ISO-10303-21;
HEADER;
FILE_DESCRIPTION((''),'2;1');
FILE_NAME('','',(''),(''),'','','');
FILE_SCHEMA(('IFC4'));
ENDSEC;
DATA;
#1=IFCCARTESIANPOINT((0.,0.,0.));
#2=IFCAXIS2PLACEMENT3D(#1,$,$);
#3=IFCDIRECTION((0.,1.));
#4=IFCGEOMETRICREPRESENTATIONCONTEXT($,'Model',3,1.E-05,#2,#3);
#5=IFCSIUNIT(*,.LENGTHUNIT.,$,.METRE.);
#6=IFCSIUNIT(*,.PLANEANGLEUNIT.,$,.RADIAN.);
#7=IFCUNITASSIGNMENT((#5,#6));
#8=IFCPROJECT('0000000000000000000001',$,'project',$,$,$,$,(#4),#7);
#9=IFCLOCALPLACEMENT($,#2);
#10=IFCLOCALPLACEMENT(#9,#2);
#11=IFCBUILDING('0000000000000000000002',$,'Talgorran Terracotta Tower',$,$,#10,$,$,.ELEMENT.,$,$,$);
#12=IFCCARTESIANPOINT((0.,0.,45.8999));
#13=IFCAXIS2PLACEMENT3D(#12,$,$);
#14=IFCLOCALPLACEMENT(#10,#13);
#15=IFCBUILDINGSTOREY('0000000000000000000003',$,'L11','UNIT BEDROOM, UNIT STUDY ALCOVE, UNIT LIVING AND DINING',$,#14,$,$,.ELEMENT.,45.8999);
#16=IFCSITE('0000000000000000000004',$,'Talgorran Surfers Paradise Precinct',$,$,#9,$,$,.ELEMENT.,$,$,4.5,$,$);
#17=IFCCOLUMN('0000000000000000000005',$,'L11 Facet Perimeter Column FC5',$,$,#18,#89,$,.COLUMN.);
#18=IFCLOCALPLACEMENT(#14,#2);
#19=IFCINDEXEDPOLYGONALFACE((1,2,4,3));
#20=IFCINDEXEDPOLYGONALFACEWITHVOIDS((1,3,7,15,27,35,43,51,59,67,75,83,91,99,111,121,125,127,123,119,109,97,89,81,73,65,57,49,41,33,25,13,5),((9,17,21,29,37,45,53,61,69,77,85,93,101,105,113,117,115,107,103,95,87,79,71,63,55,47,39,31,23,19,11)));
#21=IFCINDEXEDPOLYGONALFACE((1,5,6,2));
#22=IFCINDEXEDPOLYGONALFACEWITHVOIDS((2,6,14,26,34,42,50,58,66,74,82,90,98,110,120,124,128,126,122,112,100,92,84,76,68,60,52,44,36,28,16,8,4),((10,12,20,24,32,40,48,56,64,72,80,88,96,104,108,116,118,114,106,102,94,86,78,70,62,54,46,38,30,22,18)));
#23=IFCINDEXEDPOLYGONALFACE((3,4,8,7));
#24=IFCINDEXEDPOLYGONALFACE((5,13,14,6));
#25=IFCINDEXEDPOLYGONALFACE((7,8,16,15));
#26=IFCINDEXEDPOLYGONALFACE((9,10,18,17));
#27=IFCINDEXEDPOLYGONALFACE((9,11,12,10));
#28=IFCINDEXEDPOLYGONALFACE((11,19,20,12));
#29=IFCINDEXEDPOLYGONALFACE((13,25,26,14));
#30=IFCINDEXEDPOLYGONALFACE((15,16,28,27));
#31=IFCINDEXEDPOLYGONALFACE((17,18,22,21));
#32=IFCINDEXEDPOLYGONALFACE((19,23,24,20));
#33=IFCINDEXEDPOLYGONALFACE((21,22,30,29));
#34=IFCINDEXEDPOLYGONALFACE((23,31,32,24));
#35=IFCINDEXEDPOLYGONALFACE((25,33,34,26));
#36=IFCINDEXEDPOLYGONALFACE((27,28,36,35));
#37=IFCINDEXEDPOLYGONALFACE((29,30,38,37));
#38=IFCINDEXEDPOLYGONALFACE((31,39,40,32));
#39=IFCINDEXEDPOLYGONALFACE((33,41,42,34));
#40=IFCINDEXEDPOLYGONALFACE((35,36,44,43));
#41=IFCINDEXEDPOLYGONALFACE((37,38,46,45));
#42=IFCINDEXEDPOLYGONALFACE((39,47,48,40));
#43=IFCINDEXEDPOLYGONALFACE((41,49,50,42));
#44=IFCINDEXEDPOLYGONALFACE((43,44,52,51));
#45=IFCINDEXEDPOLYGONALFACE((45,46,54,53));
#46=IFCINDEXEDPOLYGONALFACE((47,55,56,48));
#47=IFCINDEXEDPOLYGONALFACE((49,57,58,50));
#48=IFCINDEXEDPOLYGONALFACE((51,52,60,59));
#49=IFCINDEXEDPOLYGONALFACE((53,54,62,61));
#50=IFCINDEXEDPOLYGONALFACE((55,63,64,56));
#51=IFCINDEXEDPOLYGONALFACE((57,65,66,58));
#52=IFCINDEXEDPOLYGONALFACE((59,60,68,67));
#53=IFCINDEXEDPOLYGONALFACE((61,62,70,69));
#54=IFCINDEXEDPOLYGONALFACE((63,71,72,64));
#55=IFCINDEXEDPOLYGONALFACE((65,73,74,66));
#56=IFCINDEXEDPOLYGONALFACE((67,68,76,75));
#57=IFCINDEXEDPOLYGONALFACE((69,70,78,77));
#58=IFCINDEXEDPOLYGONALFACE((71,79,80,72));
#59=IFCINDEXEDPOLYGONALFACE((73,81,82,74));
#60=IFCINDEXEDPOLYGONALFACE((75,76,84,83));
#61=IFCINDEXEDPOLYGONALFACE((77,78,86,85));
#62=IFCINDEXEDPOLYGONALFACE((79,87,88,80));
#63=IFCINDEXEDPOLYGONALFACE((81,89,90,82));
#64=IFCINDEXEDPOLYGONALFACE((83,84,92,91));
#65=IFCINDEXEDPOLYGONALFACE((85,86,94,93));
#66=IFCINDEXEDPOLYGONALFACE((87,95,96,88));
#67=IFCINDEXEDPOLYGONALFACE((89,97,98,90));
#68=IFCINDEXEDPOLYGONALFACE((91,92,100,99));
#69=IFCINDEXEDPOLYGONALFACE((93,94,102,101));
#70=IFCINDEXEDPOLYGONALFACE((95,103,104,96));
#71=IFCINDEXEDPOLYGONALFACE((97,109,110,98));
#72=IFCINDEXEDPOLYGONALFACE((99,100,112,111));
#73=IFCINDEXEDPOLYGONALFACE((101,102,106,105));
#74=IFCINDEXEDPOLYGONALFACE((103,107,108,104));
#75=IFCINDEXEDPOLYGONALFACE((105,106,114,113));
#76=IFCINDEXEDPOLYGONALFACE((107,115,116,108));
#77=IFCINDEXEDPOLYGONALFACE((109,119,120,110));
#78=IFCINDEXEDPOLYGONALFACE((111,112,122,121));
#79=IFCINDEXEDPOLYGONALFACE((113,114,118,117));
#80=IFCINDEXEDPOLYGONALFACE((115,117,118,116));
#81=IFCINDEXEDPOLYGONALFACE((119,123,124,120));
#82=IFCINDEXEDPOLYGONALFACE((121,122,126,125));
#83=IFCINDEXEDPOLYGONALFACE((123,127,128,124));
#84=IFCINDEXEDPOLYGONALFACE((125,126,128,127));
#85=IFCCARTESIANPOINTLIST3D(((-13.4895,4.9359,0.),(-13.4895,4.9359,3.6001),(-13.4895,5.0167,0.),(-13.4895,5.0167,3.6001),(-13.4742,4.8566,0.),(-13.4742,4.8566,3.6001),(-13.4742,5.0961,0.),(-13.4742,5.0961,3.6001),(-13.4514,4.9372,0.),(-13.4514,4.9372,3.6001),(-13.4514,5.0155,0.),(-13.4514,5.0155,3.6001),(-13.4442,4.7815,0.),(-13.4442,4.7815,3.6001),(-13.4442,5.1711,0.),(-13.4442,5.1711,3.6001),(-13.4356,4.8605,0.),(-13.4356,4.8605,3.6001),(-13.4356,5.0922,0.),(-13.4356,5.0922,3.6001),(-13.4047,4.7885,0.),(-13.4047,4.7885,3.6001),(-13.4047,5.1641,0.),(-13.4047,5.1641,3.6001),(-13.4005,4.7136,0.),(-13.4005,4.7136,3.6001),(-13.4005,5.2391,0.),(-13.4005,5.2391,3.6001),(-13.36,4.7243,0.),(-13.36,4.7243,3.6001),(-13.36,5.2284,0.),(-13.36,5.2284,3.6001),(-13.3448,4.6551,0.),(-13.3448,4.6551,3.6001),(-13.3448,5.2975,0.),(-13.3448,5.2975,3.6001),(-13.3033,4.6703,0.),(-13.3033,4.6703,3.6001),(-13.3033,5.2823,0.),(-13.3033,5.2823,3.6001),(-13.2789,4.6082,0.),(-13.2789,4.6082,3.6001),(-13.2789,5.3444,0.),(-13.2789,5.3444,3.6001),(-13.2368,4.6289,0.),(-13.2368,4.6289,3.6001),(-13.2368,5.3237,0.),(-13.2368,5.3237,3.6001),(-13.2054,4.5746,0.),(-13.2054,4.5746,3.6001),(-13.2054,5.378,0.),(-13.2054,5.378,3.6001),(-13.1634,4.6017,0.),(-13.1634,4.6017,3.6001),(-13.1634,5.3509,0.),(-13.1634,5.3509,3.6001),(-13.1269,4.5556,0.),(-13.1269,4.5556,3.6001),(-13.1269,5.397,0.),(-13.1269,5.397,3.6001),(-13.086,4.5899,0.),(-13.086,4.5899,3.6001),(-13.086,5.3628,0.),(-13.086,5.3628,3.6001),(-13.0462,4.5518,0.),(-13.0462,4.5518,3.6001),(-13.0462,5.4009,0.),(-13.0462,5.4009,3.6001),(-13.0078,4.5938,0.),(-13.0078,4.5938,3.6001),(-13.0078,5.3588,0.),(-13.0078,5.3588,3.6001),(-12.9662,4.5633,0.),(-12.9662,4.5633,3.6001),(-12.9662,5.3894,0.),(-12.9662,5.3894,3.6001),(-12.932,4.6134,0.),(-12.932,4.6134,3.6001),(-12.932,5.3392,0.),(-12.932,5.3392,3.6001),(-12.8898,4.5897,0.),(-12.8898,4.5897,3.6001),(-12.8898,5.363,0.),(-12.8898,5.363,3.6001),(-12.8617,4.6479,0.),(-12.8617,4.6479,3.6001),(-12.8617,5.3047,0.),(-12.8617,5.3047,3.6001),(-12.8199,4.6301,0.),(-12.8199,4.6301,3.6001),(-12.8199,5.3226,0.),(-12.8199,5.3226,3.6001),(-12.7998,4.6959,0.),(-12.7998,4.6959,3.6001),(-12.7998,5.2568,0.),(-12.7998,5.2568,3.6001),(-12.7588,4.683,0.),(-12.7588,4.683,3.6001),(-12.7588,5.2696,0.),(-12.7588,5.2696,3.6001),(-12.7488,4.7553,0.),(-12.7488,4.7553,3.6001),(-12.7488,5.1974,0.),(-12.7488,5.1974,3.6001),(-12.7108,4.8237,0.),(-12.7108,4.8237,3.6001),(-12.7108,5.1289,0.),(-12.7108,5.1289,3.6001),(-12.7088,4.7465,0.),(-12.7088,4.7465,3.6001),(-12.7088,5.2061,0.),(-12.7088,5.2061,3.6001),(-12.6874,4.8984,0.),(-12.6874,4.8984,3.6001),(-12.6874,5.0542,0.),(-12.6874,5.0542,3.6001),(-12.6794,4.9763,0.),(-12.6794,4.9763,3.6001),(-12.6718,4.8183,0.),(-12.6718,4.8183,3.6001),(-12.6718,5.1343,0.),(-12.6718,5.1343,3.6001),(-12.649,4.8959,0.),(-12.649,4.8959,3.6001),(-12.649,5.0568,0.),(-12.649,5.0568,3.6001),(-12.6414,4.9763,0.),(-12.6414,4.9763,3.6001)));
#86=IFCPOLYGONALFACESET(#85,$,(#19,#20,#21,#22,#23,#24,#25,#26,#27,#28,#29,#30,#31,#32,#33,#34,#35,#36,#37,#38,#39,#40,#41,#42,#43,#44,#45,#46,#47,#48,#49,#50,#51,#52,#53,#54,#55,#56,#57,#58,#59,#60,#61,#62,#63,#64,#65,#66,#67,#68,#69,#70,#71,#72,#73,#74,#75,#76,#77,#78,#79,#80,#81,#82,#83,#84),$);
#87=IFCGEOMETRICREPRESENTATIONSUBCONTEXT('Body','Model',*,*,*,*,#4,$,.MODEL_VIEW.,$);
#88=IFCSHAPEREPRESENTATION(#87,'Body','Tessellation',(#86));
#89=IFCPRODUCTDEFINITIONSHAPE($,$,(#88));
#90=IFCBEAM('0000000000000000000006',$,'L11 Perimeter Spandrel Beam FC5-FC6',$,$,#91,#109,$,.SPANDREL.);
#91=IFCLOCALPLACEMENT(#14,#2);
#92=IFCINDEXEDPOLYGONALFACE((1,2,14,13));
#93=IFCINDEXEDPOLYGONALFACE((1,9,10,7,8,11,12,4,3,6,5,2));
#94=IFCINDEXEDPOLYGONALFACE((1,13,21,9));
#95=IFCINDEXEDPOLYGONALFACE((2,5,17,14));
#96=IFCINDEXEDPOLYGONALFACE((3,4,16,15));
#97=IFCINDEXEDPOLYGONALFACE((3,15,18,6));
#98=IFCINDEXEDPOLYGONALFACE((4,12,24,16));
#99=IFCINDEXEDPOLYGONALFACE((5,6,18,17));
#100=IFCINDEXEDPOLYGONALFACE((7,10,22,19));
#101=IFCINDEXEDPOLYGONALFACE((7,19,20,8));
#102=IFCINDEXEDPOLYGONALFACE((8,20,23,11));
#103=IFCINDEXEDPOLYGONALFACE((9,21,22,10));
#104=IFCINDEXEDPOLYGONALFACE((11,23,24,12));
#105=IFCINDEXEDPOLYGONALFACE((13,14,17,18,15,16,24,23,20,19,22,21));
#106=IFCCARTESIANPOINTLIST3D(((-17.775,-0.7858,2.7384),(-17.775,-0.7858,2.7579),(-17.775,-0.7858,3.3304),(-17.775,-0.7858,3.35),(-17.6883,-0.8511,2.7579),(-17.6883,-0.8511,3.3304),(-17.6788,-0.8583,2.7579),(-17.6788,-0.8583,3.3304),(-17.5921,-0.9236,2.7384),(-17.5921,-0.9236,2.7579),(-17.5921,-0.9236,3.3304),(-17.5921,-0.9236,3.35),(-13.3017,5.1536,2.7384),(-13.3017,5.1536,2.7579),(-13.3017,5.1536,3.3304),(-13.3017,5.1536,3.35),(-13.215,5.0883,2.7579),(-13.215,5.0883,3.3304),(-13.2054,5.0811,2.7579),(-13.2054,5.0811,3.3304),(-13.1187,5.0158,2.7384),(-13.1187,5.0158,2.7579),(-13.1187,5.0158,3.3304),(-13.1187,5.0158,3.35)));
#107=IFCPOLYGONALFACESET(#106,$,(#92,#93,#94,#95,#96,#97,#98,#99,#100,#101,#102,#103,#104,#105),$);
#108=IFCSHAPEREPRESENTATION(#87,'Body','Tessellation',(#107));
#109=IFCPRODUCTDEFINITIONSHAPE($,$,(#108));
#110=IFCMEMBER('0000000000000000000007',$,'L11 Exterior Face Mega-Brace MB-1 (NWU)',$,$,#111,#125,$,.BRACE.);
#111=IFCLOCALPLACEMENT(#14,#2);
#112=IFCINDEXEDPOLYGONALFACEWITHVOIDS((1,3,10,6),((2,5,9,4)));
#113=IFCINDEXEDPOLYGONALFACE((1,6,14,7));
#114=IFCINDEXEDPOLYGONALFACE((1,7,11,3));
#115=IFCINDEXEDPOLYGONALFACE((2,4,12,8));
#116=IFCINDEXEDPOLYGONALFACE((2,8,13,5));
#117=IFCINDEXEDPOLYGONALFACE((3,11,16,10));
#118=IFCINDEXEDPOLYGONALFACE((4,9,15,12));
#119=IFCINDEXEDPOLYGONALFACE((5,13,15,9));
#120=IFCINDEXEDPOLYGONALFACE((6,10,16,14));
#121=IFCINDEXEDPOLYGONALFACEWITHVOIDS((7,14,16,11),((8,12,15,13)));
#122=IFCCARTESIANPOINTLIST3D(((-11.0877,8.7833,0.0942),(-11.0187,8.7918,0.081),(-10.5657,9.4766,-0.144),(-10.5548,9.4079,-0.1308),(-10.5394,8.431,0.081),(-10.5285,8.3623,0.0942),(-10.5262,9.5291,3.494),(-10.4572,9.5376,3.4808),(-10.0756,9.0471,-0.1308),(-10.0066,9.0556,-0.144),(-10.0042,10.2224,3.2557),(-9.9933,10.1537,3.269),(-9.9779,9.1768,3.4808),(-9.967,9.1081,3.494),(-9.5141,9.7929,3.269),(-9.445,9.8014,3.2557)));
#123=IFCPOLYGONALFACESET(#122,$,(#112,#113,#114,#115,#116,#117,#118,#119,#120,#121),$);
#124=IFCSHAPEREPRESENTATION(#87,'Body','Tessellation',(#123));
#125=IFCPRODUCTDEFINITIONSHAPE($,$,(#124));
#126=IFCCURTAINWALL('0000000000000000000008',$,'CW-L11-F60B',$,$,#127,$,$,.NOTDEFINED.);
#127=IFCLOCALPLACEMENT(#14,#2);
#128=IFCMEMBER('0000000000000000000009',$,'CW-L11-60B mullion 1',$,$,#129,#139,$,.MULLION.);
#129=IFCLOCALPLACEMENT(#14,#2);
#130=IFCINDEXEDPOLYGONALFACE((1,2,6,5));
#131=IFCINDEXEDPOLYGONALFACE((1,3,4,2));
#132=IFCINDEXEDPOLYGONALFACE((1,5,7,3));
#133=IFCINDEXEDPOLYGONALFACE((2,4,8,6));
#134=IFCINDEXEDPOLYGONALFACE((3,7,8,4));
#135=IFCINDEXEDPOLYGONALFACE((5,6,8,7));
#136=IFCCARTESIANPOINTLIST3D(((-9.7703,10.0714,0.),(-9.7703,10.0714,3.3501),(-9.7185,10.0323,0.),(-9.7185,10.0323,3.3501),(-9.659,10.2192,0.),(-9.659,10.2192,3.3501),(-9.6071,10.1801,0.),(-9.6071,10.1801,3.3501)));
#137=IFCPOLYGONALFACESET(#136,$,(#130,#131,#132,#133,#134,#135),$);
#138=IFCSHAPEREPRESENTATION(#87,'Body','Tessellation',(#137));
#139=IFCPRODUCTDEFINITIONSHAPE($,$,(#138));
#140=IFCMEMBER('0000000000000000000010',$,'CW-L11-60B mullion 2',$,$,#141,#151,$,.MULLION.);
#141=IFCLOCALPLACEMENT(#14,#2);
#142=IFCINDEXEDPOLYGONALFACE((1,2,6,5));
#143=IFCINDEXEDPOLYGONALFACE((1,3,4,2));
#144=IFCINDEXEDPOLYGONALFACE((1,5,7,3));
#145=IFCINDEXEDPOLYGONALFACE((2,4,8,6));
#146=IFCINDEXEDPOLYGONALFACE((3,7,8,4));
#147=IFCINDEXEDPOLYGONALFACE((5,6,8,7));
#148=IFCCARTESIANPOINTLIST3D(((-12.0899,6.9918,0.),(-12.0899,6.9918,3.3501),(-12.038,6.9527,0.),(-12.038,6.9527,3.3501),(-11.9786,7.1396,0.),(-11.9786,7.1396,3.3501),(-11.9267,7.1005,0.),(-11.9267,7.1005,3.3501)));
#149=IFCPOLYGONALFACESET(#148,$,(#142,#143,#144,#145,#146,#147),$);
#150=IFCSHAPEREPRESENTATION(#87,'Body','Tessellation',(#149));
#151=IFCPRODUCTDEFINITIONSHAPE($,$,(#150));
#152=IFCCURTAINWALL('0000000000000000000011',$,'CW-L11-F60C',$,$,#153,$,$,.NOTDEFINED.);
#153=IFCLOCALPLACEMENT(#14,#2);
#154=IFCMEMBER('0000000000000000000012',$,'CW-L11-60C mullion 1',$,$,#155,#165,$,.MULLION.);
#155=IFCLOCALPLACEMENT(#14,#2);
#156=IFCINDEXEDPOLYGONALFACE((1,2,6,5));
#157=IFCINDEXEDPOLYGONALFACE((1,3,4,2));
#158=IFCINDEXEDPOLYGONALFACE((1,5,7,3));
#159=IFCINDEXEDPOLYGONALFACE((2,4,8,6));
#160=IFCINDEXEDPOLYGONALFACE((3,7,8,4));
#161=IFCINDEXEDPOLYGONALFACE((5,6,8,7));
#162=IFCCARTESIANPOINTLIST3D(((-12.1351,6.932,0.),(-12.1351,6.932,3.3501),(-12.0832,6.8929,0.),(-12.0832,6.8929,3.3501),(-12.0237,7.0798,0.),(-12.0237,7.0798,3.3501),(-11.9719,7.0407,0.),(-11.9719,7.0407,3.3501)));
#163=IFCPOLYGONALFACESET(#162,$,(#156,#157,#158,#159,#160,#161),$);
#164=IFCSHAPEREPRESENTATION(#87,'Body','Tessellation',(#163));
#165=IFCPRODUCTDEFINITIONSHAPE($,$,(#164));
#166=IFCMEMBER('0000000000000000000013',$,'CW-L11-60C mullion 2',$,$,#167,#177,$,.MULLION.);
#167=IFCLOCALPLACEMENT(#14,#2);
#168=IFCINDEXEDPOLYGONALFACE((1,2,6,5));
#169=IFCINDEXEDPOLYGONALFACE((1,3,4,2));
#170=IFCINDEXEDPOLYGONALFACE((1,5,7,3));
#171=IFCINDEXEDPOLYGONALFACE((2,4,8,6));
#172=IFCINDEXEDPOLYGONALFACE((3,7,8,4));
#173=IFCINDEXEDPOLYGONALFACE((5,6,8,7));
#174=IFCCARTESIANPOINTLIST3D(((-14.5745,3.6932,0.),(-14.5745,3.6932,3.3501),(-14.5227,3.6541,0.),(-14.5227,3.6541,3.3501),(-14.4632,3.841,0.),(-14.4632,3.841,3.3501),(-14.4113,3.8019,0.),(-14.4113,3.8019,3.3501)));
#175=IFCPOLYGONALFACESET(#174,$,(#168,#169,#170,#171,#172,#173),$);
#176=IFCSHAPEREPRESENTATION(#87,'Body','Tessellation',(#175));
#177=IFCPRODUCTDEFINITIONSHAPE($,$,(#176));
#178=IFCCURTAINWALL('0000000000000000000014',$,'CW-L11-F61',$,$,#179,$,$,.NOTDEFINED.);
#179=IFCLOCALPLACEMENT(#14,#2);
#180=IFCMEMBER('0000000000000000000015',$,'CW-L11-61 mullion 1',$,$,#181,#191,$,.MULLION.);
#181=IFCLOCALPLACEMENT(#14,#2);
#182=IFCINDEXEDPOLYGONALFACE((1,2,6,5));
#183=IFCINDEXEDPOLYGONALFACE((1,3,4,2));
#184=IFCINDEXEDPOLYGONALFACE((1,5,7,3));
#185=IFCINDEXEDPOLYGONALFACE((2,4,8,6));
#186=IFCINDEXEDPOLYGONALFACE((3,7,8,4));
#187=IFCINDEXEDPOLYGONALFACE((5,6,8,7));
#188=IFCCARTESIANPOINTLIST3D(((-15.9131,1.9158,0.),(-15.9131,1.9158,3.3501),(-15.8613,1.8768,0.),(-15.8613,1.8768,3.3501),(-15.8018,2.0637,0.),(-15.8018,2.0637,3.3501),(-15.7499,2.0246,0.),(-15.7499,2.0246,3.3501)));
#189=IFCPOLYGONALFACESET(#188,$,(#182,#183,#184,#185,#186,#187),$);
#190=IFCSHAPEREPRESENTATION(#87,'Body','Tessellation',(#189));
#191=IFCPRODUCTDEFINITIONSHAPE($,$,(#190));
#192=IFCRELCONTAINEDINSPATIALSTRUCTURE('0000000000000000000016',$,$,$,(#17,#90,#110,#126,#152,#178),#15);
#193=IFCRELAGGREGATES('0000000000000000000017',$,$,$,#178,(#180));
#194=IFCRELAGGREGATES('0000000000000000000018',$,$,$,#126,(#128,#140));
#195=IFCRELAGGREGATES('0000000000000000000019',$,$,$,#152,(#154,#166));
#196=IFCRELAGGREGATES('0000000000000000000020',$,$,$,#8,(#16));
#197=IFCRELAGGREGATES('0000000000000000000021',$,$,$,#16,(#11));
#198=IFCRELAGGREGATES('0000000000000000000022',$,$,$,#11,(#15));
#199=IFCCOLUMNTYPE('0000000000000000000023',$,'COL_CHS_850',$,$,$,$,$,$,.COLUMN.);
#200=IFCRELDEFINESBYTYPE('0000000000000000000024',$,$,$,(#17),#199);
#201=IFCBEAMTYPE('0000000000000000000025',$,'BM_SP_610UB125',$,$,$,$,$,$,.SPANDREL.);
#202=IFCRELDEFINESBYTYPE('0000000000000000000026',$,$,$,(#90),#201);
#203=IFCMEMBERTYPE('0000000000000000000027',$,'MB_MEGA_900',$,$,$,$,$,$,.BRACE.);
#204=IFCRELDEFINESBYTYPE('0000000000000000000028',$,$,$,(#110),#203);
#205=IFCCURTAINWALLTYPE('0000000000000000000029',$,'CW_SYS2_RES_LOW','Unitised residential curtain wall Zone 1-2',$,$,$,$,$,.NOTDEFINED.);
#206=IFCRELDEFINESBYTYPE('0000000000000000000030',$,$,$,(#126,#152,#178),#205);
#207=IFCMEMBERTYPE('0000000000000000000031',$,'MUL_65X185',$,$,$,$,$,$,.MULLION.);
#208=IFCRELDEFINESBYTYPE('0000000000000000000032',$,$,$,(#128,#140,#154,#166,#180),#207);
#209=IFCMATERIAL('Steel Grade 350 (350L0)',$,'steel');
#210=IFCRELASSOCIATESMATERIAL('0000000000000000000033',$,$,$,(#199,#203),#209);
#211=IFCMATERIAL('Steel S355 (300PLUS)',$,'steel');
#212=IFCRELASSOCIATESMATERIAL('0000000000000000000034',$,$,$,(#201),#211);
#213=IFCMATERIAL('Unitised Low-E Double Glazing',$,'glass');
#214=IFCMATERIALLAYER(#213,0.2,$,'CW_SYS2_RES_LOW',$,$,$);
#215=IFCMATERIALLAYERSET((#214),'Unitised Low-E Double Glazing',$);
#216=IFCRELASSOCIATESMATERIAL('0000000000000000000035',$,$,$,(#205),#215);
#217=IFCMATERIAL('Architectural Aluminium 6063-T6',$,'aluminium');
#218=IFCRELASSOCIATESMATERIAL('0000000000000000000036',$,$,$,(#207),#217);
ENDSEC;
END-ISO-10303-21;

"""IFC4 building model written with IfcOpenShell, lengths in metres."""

from ifc_helpers import new_model, si_unit, direction, frame, origin, origin_2d, place, context, subcontext, project, spatial, rectangle, hollow_rectangle, hollow_circle, i_section, extrude, material, layer, layer_set, material_profile, profile_set, type_object, element, aggregate, save


model = new_model("IFC4")

# Units and contexts
model_context = context("Model", 3, precision=1e-05, world=origin(), true_north=direction((0.0, 1.0)))
body_context = subcontext(model_context, "Body", "Model", "MODEL_VIEW")
ifc_project = project(units=[si_unit("LENGTHUNIT", "METRE"), si_unit("PLANEANGLEUNIT", "RADIAN")], contexts=[model_context])

# Site, building, storey
site_placement = place(None, origin())
site = spatial("IfcSite", under=ifc_project, at=site_placement, Name="Talgorran Surfers Paradise Precinct", CompositionType="ELEMENT", RefElevation=4.5)
building_placement = place(site_placement, origin())
building = spatial("IfcBuilding", under=site, at=building_placement, Name="Talgorran Terracotta Tower", CompositionType="ELEMENT")
storey_placement = place(building_placement, frame((0.0, 0.0, 45.8999)))
storey = spatial("IfcBuildingStorey", under=building, at=storey_placement, Name="L11", Description="UNIT BEDROOM, UNIT STUDY ALCOVE, UNIT LIVING AND DINING", CompositionType="ELEMENT", Elevation=45.8999)

# Column
ifc_material_1 = material(Name="Steel Grade 350 (350L0)", Category="steel")
ifc_material_profile_1 = material_profile(ifc_material_1, hollow_circle(Radius=0.425, WallThickness=0.0381, at=origin_2d()), Name="CHS850X38")
ifc_profile_set_1 = profile_set([ifc_material_profile_1], Name="Steel Grade 350 (350L0)")
column_type = type_object("IfcColumnType", Name="COL_CHS_850", PredefinedType="COLUMN", material=ifc_profile_set_1)
column_placement = place(storey_placement, frame((-13.0664, 4.9763, 0.0), z_axis=(0.0, 0.0, 1.0), x_axis=(1.0, 0.0, 0.0)))
element("IfcColumn", 1, at=column_placement, inside=storey, type_object=column_type, Name="L11 Facet Perimeter Column FC5", PredefinedType="COLUMN", context=body_context, shape_type="SweptSolid", body=[
    extrude(hollow_circle(Radius=0.425, WallThickness=0.0381, at=origin_2d()), origin(), (0.0, 0.0, 1.0), 3.6001),
])

# Beam
ifc_material_2 = material(Name="Steel S355 (300PLUS)", Category="steel")
ifc_material_profile_2 = material_profile(ifc_material_2, i_section(OverallWidth=0.229, OverallDepth=0.6116, WebThickness=0.012, FlangeThickness=0.0195, at=origin_2d()), Name="610UB125")
ifc_profile_set_2 = profile_set([ifc_material_profile_2], Name="Steel S355 (300PLUS)")
beam_type = type_object("IfcBeamType", Name="BM_SP_610UB125", PredefinedType="SPANDREL", material=ifc_profile_set_2)
beam_placement = place(storey_placement, frame((-13.2102, 5.0847, 3.0442), z_axis=(-0.601617, -0.798785, 0.0), x_axis=(0.798785, -0.601617, 0.0)))
element("IfcBeam", 2, at=beam_placement, inside=storey, type_object=beam_type, Name="L11 Perimeter Spandrel Beam FC5-FC6", PredefinedType="SPANDREL", context=body_context, shape_type="SweptSolid", body=[
    extrude(i_section(OverallWidth=0.229, OverallDepth=0.6116, WebThickness=0.012, FlangeThickness=0.0195, at=origin_2d()), origin(), (0.0, 0.0, 1.0), 7.4355),
])

# Member
ifc_material_profile_3 = material_profile(ifc_material_1, hollow_rectangle(XDim=0.7, YDim=0.8999, WallThickness=0.05, at=origin_2d()), Name="WBOX900X700X50")
ifc_profile_set_3 = profile_set([ifc_material_profile_3], Name="Steel Grade 350 (350L0)")
member_type_1 = type_object("IfcMemberType", Name="MB_MEGA_900", PredefinedType="BRACE", material=ifc_profile_set_3)
member_1_placement = place(storey_placement, frame((-10.5471, 8.9194, -0.0249), z_axis=(0.159263, 0.211543, 0.964305), x_axis=(-0.7989, 0.601463, 0.0)))
element("IfcMember", 3, at=member_1_placement, inside=storey, type_object=member_type_1, Name="L11 Exterior Face Mega-Brace MB-1 (NWU)", PredefinedType="BRACE", context=body_context, shape_type="SweptSolid", body=[
    extrude(hollow_rectangle(XDim=0.7, YDim=0.8999, WallThickness=0.05, at=origin_2d()), origin(), (0.0, 0.0, 1.0), 3.5256),
])

# Curtain walls, members
ifc_material_3 = material(Name="Unitised Low-E Double Glazing", Category="glass")
ifc_layer_1 = layer(ifc_material_3, 0.2, Name="CW_SYS2_RES_LOW")
ifc_layer_set_1 = layer_set([ifc_layer_1], Name="Unitised Low-E Double Glazing")
curtain_wall_type = type_object("IfcCurtainWallType", Name="CW_SYS2_RES_LOW", Description="Unitised residential curtain wall Zone 1-2", PredefinedType="NOTDEFINED", material=ifc_layer_set_1)
curtain_wall_1_placement = place(storey_placement, origin())
curtain_wall_1 = element("IfcCurtainWall", 4, at=curtain_wall_1_placement, inside=storey, type_object=curtain_wall_type, Name="CW-L11-F60B", PredefinedType="NOTDEFINED")
ifc_material_4 = material(Name="Architectural Aluminium 6063-T6", Category="aluminium")
ifc_material_profile_4 = material_profile(ifc_material_4, rectangle(XDim=0.0649, YDim=0.1851, at=origin_2d()), Name="CWM65X185")
ifc_profile_set_4 = profile_set([ifc_material_profile_4], Name="Architectural Aluminium 6063-T6")
member_type_2 = type_object("IfcMemberType", Name="MUL_65X185", PredefinedType="MULLION", material=ifc_profile_set_4)
member_2_placement = place(storey_placement, frame((-9.6887, 10.1257, 0.0), z_axis=(0.0, 0.0, 1.0), x_axis=(0.798774, -0.601631, 0.0)))
member_2 = element("IfcMember", 5, at=member_2_placement, type_object=member_type_2, Name="CW-L11-60B mullion 1", PredefinedType="MULLION", context=body_context, shape_type="SweptSolid", body=[
    extrude(rectangle(XDim=0.0649, YDim=0.1851, at=origin_2d()), origin(), (0.0, 0.0, 1.0), 3.3501),
])
member_3_placement = place(storey_placement, frame((-12.0083, 7.0461, 0.0), z_axis=(0.0, 0.0, 1.0), x_axis=(0.798774, -0.601631, 0.0)))
member_3 = element("IfcMember", 6, at=member_3_placement, type_object=member_type_2, Name="CW-L11-60B mullion 2", PredefinedType="MULLION", context=body_context, shape_type="SweptSolid", body=[
    extrude(rectangle(XDim=0.0649, YDim=0.1851, at=origin_2d()), origin(), (0.0, 0.0, 1.0), 3.3501),
])
curtain_wall_2_placement = place(storey_placement, origin())
curtain_wall_2 = element("IfcCurtainWall", 7, at=curtain_wall_2_placement, inside=storey, type_object=curtain_wall_type, Name="CW-L11-F60C", PredefinedType="NOTDEFINED")
member_4_placement = place(storey_placement, frame((-12.0535, 6.9863, 0.0), z_axis=(0.0, 0.0, 1.0), x_axis=(0.798778, -0.601626, 0.0)))
member_4 = element("IfcMember", 8, at=member_4_placement, type_object=member_type_2, Name="CW-L11-60C mullion 1", PredefinedType="MULLION", context=body_context, shape_type="SweptSolid", body=[
    extrude(rectangle(XDim=0.0649, YDim=0.1851, at=origin_2d()), origin(), (0.0, 0.0, 1.0), 3.3501),
])
member_5_placement = place(storey_placement, frame((-14.4929, 3.7476, 0.0), z_axis=(0.0, 0.0, 1.0), x_axis=(0.798778, -0.601626, 0.0)))
member_5 = element("IfcMember", 9, at=member_5_placement, type_object=member_type_2, Name="CW-L11-60C mullion 2", PredefinedType="MULLION", context=body_context, shape_type="SweptSolid", body=[
    extrude(rectangle(XDim=0.0649, YDim=0.1851, at=origin_2d()), origin(), (0.0, 0.0, 1.0), 3.3501),
])

# Curtain wall, member
curtain_wall_3_placement = place(storey_placement, origin())
curtain_wall_3 = element("IfcCurtainWall", 10, at=curtain_wall_3_placement, inside=storey, type_object=curtain_wall_type, Name="CW-L11-F61", PredefinedType="NOTDEFINED")
member_6_placement = place(storey_placement, frame((-15.8315, 1.9702, 0.0), z_axis=(0.0, 0.0, 1.0), x_axis=(0.798776, -0.601629, 0.0)))
member_6 = element("IfcMember", 11, at=member_6_placement, type_object=member_type_2, Name="CW-L11-61 mullion 1", PredefinedType="MULLION", context=body_context, shape_type="SweptSolid", body=[
    extrude(rectangle(XDim=0.0649, YDim=0.1851, at=origin_2d()), origin(), (0.0, 0.0, 1.0), 3.3501),
])

aggregate(curtain_wall_3, [member_6])

aggregate(curtain_wall_1, [member_2, member_3])
aggregate(curtain_wall_2, [member_4, member_5])

save(model, "model.ifc")
